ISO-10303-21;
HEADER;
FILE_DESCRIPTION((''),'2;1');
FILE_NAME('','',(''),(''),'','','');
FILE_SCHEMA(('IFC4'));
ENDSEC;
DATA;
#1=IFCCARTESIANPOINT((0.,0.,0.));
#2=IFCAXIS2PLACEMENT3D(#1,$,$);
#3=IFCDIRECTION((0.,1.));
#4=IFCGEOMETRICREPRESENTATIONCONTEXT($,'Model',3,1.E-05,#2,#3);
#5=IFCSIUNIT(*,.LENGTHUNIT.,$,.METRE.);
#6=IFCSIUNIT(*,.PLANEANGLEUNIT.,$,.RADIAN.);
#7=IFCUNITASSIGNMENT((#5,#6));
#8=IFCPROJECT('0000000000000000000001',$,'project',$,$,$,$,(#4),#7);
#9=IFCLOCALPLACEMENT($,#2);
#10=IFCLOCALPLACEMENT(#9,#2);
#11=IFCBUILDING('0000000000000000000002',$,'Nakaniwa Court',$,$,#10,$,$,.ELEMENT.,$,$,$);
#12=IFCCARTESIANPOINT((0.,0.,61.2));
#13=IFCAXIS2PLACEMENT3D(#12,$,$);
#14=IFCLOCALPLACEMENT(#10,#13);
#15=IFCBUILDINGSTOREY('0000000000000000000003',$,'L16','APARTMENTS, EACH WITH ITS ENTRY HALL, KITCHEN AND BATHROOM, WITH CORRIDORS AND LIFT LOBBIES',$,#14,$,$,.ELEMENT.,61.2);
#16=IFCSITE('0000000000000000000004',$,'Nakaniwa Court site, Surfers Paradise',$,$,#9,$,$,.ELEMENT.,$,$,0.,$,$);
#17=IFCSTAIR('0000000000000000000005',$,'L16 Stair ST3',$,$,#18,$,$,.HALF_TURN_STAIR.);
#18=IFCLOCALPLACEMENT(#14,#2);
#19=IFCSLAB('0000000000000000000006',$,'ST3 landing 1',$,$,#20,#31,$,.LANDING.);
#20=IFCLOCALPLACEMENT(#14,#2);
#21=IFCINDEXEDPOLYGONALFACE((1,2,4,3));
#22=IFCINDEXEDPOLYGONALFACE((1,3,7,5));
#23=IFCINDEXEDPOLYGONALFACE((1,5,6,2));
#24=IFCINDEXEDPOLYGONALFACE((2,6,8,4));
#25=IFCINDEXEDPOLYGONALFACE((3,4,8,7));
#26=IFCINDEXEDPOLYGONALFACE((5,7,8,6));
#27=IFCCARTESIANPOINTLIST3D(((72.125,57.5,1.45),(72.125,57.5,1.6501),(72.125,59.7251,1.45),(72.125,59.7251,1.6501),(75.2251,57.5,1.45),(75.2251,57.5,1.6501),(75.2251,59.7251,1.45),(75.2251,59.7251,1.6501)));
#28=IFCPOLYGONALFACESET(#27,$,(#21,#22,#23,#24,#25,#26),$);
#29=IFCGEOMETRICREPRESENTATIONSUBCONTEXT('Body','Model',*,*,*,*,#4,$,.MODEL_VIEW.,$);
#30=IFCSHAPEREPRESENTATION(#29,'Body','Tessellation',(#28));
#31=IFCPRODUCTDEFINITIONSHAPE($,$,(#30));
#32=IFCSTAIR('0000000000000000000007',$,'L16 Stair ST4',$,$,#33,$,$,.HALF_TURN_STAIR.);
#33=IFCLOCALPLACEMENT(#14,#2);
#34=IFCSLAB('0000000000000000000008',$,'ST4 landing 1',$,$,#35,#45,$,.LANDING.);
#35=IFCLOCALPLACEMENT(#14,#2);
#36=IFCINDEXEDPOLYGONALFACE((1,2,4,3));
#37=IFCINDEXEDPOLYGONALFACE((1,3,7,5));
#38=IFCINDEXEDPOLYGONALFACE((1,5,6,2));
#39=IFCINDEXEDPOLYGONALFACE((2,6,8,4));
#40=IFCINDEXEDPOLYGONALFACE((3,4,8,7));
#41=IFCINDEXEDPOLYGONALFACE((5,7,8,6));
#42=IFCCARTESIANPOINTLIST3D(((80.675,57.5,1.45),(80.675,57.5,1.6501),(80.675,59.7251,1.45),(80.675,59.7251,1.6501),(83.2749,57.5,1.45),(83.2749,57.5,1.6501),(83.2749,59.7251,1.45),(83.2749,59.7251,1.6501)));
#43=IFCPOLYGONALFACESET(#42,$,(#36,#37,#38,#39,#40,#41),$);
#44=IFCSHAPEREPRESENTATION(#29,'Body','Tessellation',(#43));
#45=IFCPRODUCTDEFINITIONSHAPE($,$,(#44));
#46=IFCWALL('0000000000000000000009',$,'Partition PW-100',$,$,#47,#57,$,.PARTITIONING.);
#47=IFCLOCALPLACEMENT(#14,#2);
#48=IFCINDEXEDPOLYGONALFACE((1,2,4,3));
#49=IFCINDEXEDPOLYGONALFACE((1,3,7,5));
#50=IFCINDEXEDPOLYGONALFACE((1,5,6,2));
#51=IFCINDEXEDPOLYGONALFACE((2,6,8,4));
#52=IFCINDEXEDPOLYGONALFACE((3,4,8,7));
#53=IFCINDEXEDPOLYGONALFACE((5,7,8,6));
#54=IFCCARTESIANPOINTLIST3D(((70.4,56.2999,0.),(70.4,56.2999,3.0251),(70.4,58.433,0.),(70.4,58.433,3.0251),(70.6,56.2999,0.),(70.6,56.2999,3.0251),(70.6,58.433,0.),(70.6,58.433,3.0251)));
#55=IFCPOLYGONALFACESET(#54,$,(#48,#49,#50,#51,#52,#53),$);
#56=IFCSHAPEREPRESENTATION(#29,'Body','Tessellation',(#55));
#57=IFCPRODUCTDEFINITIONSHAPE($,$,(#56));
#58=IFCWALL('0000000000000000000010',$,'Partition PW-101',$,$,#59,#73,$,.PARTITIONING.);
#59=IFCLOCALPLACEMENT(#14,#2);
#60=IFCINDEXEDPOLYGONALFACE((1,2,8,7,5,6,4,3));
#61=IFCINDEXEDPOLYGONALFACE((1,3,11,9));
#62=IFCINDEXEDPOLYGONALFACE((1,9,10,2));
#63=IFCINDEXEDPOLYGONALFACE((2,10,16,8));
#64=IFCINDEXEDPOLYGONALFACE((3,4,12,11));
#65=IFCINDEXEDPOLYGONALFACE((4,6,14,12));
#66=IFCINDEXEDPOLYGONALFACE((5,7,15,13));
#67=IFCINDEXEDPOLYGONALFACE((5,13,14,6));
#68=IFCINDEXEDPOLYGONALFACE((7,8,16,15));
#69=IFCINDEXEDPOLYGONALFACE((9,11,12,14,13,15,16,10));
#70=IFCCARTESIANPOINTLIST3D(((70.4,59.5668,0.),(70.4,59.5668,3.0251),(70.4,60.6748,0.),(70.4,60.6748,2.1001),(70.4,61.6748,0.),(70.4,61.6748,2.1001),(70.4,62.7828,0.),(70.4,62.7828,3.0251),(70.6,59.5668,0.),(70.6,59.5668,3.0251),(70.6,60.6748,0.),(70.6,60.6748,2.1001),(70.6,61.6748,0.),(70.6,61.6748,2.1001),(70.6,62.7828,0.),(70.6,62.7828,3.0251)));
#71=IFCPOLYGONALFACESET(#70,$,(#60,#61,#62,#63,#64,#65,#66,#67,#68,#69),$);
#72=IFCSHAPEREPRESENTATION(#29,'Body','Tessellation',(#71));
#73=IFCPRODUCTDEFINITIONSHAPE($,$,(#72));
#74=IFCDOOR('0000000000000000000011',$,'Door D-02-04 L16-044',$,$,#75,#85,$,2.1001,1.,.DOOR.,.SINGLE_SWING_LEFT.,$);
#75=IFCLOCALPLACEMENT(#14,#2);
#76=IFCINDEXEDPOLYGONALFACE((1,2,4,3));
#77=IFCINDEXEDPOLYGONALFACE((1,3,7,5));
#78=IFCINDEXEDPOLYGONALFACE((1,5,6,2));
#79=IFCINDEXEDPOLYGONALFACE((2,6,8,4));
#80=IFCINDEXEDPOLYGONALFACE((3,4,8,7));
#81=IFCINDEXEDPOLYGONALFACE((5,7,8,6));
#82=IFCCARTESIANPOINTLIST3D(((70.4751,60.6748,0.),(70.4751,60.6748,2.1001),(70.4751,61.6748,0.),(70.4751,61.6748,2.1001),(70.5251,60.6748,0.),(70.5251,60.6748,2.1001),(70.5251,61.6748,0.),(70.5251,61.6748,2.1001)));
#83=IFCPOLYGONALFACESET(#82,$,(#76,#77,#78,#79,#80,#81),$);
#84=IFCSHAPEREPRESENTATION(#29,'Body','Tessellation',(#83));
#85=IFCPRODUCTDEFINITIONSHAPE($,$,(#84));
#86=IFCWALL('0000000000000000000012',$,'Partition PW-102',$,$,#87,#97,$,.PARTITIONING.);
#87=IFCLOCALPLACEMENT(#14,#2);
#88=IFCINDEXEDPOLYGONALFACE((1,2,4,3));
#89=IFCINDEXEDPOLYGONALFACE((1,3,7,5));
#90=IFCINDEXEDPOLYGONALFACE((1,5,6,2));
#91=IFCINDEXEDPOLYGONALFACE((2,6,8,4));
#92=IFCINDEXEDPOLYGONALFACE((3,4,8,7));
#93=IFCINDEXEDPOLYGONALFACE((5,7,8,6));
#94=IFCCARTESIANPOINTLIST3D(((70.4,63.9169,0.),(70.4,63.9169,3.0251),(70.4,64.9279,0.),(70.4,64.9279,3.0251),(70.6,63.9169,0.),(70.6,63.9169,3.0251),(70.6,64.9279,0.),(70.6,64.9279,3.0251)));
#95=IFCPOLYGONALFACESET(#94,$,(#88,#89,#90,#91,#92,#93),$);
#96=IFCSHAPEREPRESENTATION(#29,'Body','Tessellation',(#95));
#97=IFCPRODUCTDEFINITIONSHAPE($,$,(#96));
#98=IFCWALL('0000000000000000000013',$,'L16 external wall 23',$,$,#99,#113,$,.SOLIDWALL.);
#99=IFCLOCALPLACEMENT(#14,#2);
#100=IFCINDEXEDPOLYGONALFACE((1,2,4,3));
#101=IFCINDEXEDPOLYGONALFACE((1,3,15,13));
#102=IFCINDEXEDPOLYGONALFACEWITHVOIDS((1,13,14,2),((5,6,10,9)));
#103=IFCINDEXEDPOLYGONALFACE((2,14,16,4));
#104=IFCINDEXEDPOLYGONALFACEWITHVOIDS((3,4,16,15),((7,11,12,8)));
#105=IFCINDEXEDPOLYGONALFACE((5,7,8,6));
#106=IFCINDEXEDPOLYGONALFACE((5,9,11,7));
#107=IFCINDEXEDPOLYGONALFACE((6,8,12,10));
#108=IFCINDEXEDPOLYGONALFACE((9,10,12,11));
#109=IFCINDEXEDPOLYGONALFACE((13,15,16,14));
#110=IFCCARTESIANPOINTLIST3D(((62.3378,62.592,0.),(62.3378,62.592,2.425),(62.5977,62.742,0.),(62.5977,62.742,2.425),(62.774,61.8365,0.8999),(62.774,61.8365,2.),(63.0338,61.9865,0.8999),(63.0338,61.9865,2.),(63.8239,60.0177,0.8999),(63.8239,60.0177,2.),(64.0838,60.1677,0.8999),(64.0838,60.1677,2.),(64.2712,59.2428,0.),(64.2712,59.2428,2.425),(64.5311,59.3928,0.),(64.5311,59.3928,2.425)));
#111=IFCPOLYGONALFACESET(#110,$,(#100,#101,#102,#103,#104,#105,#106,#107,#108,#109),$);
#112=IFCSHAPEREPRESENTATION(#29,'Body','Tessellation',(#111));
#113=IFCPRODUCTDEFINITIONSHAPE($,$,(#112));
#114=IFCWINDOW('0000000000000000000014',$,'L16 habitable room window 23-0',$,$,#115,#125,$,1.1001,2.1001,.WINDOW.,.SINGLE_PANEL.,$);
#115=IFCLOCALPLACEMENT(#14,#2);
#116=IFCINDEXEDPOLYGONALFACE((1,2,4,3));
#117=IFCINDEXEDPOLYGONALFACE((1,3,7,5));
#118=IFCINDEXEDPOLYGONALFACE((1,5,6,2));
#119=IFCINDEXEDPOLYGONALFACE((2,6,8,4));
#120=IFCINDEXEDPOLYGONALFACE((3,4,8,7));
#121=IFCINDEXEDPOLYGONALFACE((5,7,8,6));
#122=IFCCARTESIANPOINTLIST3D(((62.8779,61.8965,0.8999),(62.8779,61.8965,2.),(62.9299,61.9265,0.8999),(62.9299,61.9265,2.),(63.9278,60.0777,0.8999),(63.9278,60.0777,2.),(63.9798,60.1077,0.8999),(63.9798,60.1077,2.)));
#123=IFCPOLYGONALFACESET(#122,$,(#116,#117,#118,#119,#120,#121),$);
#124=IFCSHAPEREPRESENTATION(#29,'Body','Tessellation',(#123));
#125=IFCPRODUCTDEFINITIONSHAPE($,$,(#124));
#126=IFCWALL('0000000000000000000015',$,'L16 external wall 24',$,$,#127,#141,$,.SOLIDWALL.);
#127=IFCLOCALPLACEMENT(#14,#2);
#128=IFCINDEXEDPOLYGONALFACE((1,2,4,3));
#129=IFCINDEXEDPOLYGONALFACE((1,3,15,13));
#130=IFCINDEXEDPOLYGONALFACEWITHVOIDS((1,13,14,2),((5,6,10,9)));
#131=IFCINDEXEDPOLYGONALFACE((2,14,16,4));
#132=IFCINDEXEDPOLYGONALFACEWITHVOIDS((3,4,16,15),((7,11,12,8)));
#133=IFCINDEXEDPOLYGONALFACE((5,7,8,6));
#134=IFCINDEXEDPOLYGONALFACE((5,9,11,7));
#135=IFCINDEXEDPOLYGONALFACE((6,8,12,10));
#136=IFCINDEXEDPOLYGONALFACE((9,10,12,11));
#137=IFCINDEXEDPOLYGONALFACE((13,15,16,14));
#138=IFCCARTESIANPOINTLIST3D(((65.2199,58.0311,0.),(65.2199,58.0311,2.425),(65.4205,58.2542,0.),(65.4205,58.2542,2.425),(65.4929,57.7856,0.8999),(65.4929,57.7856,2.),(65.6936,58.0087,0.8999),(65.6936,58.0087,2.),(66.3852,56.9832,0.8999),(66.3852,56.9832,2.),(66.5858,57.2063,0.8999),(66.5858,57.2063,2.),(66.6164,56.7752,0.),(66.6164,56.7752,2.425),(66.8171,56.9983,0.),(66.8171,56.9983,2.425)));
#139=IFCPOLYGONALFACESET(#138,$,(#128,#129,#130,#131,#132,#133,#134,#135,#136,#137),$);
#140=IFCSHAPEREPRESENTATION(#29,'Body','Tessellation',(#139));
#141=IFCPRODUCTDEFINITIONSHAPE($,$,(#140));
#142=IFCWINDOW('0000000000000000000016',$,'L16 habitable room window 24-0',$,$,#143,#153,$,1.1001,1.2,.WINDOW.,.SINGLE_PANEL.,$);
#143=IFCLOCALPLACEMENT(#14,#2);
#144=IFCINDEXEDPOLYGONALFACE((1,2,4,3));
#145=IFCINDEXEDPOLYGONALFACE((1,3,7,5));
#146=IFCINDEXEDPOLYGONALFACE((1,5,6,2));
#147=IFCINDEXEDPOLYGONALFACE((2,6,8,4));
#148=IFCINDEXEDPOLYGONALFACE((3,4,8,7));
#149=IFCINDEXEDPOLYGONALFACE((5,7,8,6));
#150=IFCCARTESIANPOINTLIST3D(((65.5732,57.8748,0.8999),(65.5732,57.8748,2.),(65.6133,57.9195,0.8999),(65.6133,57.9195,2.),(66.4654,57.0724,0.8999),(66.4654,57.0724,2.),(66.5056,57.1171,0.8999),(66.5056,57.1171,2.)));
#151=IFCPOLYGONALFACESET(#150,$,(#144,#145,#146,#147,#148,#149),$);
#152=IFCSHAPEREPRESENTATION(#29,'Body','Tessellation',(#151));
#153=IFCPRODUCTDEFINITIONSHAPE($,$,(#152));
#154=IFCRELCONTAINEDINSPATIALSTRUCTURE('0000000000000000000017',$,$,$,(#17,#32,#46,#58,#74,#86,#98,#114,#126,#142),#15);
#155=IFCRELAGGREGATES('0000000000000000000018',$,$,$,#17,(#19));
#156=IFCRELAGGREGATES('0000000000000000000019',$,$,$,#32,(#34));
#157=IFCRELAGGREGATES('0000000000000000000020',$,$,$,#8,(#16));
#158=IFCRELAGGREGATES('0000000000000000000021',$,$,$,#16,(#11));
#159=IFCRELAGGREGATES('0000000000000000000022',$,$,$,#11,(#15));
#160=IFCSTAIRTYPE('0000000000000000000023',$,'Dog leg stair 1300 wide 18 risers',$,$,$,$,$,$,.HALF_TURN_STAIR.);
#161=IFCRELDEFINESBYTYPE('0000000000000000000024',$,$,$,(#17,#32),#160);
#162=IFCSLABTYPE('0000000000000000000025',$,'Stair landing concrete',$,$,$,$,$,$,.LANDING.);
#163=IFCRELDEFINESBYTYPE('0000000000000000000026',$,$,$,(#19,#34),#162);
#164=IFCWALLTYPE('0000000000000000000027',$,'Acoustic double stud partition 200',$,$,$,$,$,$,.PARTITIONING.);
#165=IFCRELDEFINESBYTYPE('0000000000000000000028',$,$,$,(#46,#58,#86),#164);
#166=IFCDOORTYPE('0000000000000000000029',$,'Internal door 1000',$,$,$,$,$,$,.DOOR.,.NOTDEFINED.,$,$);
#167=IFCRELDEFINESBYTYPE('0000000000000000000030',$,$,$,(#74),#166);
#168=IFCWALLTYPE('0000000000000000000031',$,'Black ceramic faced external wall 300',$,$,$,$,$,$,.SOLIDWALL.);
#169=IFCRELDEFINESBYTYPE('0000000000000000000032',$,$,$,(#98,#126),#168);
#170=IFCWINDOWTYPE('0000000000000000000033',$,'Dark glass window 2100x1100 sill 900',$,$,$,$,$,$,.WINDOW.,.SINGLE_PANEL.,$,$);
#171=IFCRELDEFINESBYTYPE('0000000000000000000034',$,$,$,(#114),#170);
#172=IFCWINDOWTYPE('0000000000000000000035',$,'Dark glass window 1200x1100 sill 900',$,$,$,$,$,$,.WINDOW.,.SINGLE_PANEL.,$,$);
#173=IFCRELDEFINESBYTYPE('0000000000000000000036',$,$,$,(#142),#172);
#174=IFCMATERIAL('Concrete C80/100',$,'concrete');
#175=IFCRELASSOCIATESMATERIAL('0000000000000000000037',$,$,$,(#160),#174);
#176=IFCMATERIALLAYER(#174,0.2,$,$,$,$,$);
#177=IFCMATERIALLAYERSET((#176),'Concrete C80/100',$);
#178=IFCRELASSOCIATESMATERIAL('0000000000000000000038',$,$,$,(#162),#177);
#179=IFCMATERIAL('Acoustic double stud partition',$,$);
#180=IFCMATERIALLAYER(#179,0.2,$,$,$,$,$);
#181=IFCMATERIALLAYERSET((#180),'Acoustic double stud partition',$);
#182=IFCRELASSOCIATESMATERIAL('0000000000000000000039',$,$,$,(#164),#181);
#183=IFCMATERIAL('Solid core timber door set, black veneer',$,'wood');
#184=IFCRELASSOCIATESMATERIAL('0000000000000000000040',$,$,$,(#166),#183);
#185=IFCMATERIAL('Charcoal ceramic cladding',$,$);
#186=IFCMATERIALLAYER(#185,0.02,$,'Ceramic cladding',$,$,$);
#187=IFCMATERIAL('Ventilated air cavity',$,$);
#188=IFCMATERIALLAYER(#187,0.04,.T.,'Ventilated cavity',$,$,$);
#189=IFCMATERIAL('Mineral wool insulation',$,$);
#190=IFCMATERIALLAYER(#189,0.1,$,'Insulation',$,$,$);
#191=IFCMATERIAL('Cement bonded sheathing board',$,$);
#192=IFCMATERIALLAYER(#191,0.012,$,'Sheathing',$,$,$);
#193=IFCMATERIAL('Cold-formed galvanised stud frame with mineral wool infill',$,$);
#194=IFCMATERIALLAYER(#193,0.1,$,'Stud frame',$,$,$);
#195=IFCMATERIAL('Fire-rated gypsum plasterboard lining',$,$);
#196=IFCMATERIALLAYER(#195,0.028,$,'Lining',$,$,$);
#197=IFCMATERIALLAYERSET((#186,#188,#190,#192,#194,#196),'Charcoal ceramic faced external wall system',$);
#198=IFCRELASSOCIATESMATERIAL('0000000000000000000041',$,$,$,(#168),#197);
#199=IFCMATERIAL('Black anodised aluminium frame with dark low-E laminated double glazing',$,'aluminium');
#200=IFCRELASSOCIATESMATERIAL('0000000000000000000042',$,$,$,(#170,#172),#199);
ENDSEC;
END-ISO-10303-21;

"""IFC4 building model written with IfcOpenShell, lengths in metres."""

from ifc_helpers import new_model, si_unit, direction, frame, frame_2d, origin, place, context, subcontext, project, spatial, polyline, rectangle, outline, extrude, material, layer, layer_set, type_object, element, fill, aggregate, save


model = new_model("IFC4")

# Units and contexts
model_context = context("Model", 3, precision=1e-05, world=origin(), true_north=direction((0.0, 1.0)))
body_context = subcontext(model_context, "Body", "Model", "MODEL_VIEW")
ifc_project = project(units=[si_unit("LENGTHUNIT", "METRE"), si_unit("PLANEANGLEUNIT", "RADIAN")], contexts=[model_context])

# Site, building, storey
site_placement = place(None, origin())
site = spatial("IfcSite", under=ifc_project, at=site_placement, Name="Nakaniwa Court site, Surfers Paradise", CompositionType="ELEMENT", RefElevation=0.0)
building_placement = place(site_placement, origin())
building = spatial("IfcBuilding", under=site, at=building_placement, Name="Nakaniwa Court", CompositionType="ELEMENT")
storey_placement = place(building_placement, frame((0.0, 0.0, 61.2)))
storey = spatial("IfcBuildingStorey", under=building, at=storey_placement, Name="L16", Description="APARTMENTS, EACH WITH ITS ENTRY HALL, KITCHEN AND BATHROOM, WITH CORRIDORS AND LIFT LOBBIES", CompositionType="ELEMENT", Elevation=61.2)

# Stairs, slabs
ifc_material_1 = material(Name="Concrete C80/100", Category="concrete")
stair_type = type_object("IfcStairType", Name="Dog leg stair 1300 wide 18 risers", PredefinedType="HALF_TURN_STAIR", material=ifc_material_1)
ifc_layer_1 = layer(ifc_material_1, 0.2)
ifc_layer_set_1 = layer_set([ifc_layer_1], Name="Concrete C80/100")
slab_type_1 = type_object("IfcSlabType", Name="Stair landing concrete", PredefinedType="LANDING", material=ifc_layer_set_1)
stair_1_placement = place(storey_placement, origin())
stair_1 = element("IfcStair", 1, at=stair_1_placement, inside=storey, type_object=stair_type, Name="L16 Stair ST3", PredefinedType="HALF_TURN_STAIR")
slab_1_placement = place(storey_placement, frame((0.0, 0.0, 1.45)))
slab_1 = element("IfcSlab", 2, at=slab_1_placement, type_object=slab_type_1, Name="ST3 landing 1", PredefinedType="LANDING", context=body_context, shape_type="SweptSolid", body=[
    extrude(outline(polyline([(75.2251, 57.5), (75.2251, 59.7251), (72.125, 59.7251), (72.125, 57.5), (75.2251, 57.5)])), origin(), (0.0, 0.0, 1.0), 0.2002),
])
aggregate(stair_1, [slab_1])
stair_2_placement = place(storey_placement, origin())
stair_2 = element("IfcStair", 3, at=stair_2_placement, inside=storey, type_object=stair_type, Name="L16 Stair ST4", PredefinedType="HALF_TURN_STAIR")
slab_2_placement = place(storey_placement, frame((0.0, 0.0, 1.45)))
slab_2 = element("IfcSlab", 4, at=slab_2_placement, type_object=slab_type_1, Name="ST4 landing 1", PredefinedType="LANDING", context=body_context, shape_type="SweptSolid", body=[
    extrude(outline(polyline([(83.2749, 57.5), (83.2749, 59.7251), (80.675, 59.7251), (80.675, 57.5), (83.2749, 57.5)])), origin(), (0.0, 0.0, 1.0), 0.2002),
])
aggregate(stair_2, [slab_2])

# Wall
ifc_material_2 = material(Name="Acoustic double stud partition")
ifc_layer_2 = layer(ifc_material_2, 0.2)
ifc_layer_set_2 = layer_set([ifc_layer_2], Name="Acoustic double stud partition")
wall_type_1 = type_object("IfcWallType", Name="Acoustic double stud partition 200", PredefinedType="PARTITIONING", material=ifc_layer_set_2)
wall_1_placement = place(storey_placement, frame((70.5, 56.3, 0.0), z_axis=(0.0, 0.0, 1.0), x_axis=(0.0, 1.0, 0.0)))
element("IfcWall", 5, at=wall_1_placement, inside=storey, type_object=wall_type_1, Name="Partition PW-100", PredefinedType="PARTITIONING", context=body_context, shape_type="SweptSolid", body=[
    extrude(rectangle(XDim=2.1331, YDim=0.2, at=frame_2d((1.0664, 0.0))), origin(), (0.0, 0.0, 1.0), 3.0251),
])

# Wall, opening, door
wall_2_placement = place(storey_placement, frame((70.5, 59.5669, 0.0), z_axis=(0.0, 0.0, 1.0), x_axis=(0.0, 1.0, 0.0)))
wall_2 = element("IfcWall", 6, at=wall_2_placement, inside=storey, type_object=wall_type_1, Name="Partition PW-101", PredefinedType="PARTITIONING", context=body_context, shape_type="SweptSolid", body=[
    extrude(rectangle(XDim=3.2161, YDim=0.2, at=frame_2d((1.6079, 0.0))), origin(), (0.0, 0.0, 1.0), 3.0251),
])
opening_1_placement = place(wall_2_placement, frame((1.1079, 0.0, 0.0)))
opening_1 = element("IfcOpeningElement", 7, at=opening_1_placement, cuts=wall_2, PredefinedType="OPENING", context=body_context, shape_type="SweptSolid", body=[
    extrude(rectangle(XDim=1.0, YDim=2.1001, at=frame_2d((0.5, 1.05))), frame((0.0, 0.1099, 0.0), z_axis=(0.0, -1.0, 0.0), x_axis=(1.0, 0.0, 0.0)), (0.0, 0.0, 1.0), 0.22),
])
ifc_material_3 = material(Name="Solid core timber door set, black veneer", Category="wood")
door_type = type_object("IfcDoorType", Name="Internal door 1000", OperationType="NOTDEFINED", PredefinedType="DOOR", material=ifc_material_3)
door_placement = place(opening_1_placement, origin())
door = element("IfcDoor", 8, at=door_placement, inside=storey, type_object=door_type, Name="Door D-02-04 L16-044", OperationType="SINGLE_SWING_LEFT", OverallHeight=2.1001, OverallWidth=1.0, PredefinedType="DOOR", context=body_context, shape_type="SweptSolid", body=[
    extrude(rectangle(XDim=1.0, YDim=2.1001, at=frame_2d((0.5, 1.05))), frame((0.0, 0.0249, 0.0), z_axis=(0.0, -1.0, 0.0), x_axis=(1.0, 0.0, 0.0)), (0.0, 0.0, 1.0), 0.05),
])
fill(opening_1, door)

# Wall
wall_3_placement = place(storey_placement, frame((70.5, 63.917, 0.0), z_axis=(0.0, 0.0, 1.0), x_axis=(0.0, 1.0, 0.0)))
element("IfcWall", 9, at=wall_3_placement, inside=storey, type_object=wall_type_1, Name="Partition PW-102", PredefinedType="PARTITIONING", context=body_context, shape_type="SweptSolid", body=[
    extrude(rectangle(XDim=1.011, YDim=0.2, at=frame_2d((0.5054, 0.0))), origin(), (0.0, 0.0, 1.0), 3.0251),
])

# Walls, openings, windows
ifc_material_4 = material(Name="Charcoal ceramic cladding")
ifc_layer_3 = layer(ifc_material_4, 0.02, Name="Ceramic cladding")
ifc_material_5 = material(Name="Ventilated air cavity")
ifc_layer_4 = layer(ifc_material_5, 0.04, ventilated=True, Name="Ventilated cavity")
ifc_material_6 = material(Name="Mineral wool insulation")
ifc_layer_5 = layer(ifc_material_6, 0.1, Name="Insulation")
ifc_material_7 = material(Name="Cement bonded sheathing board")
ifc_layer_6 = layer(ifc_material_7, 0.012, Name="Sheathing")
ifc_material_8 = material(Name="Cold-formed galvanised stud frame with mineral wool infill")
ifc_layer_7 = layer(ifc_material_8, 0.1, Name="Stud frame")
ifc_material_9 = material(Name="Fire-rated gypsum plasterboard lining")
ifc_layer_8 = layer(ifc_material_9, 0.028, Name="Lining")
ifc_layer_set_3 = layer_set([ifc_layer_3, ifc_layer_4, ifc_layer_5, ifc_layer_6, ifc_layer_7, ifc_layer_8], Name="Charcoal ceramic faced external wall system")
wall_type_2 = type_object("IfcWallType", Name="Black ceramic faced external wall 300", PredefinedType="SOLIDWALL", material=ifc_layer_set_3)
wall_4_placement = place(storey_placement, frame((62.4678, 62.667, 0.0), z_axis=(0.0, 0.0, 1.0), x_axis=(0.499948, -0.866055, 0.0)))
wall_4 = element("IfcWall", 10, at=wall_4_placement, inside=storey, type_object=wall_type_2, Name="L16 external wall 23", PredefinedType="SOLIDWALL", context=body_context, shape_type="SweptSolid", body=[
    extrude(rectangle(XDim=3.8672, YDim=0.3, at=frame_2d((1.9336, 0.0))), origin(), (0.0, 0.0, 1.0), 2.425),
])
opening_2_placement = place(wall_4_placement, frame((0.8723, 0.0, 0.8999)))
opening_2 = element("IfcOpeningElement", 11, at=opening_2_placement, cuts=wall_4, PredefinedType="OPENING", context=body_context, shape_type="SweptSolid", body=[
    extrude(rectangle(XDim=2.1001, YDim=1.1001, at=frame_2d((1.05, 0.55))), frame((0.0, 0.1599, 0.0), z_axis=(0.0, -1.0, 0.0), x_axis=(1.0, 0.0, 0.0)), (0.0, 0.0, 1.0), 0.3201),
])
ifc_material_10 = material(Name="Black anodised aluminium frame with dark low-E laminated double glazing", Category="aluminium")
window_type_1 = type_object("IfcWindowType", Name="Dark glass window 2100x1100 sill 900", PartitioningType="SINGLE_PANEL", PredefinedType="WINDOW", material=ifc_material_10)
window_1_placement = place(opening_2_placement, origin())
window_1 = element("IfcWindow", 12, at=window_1_placement, inside=storey, type_object=window_type_1, Name="L16 habitable room window 23-0", OverallHeight=1.1001, OverallWidth=2.1001, PartitioningType="SINGLE_PANEL", PredefinedType="WINDOW", context=body_context, shape_type="SweptSolid", body=[
    extrude(rectangle(XDim=2.1001, YDim=1.1001, at=frame_2d((1.05, 0.55))), frame((0.0, 0.03, 0.0), z_axis=(0.0, -1.0, 0.0), x_axis=(1.0, 0.0, 0.0)), (0.0, 0.0, 1.0), 0.0601),
])
fill(opening_2, window_1)
wall_5_placement = place(storey_placement, frame((65.3203, 58.1426, 0.0), z_axis=(0.0, 0.0, 1.0), x_axis=(0.743553, -0.668677, 0.0)))
wall_5 = element("IfcWall", 13, at=wall_5_placement, inside=storey, type_object=wall_type_2, Name="L16 external wall 24", PredefinedType="SOLIDWALL", context=body_context, shape_type="SweptSolid", body=[
    extrude(rectangle(XDim=1.8782, YDim=0.3, at=frame_2d((0.939, 0.0))), origin(), (0.0, 0.0, 1.0), 2.425),
])
opening_3_placement = place(wall_5_placement, frame((0.3669, 0.0, 0.8999)))
opening_3 = element("IfcOpeningElement", 14, at=opening_3_placement, cuts=wall_5, PredefinedType="OPENING", context=body_context, shape_type="SweptSolid", body=[
    extrude(rectangle(XDim=1.2, YDim=1.1001, at=frame_2d((0.6001, 0.55))), frame((0.0, 0.1599, 0.0), z_axis=(0.0, -1.0, 0.0), x_axis=(1.0, 0.0, 0.0)), (0.0, 0.0, 1.0), 0.3201),
])
window_type_2 = type_object("IfcWindowType", Name="Dark glass window 1200x1100 sill 900", PartitioningType="SINGLE_PANEL", PredefinedType="WINDOW", material=ifc_material_10)
window_2_placement = place(opening_3_placement, origin())
window_2 = element("IfcWindow", 15, at=window_2_placement, inside=storey, type_object=window_type_2, Name="L16 habitable room window 24-0", OverallHeight=1.1001, OverallWidth=1.2, PartitioningType="SINGLE_PANEL", PredefinedType="WINDOW", context=body_context, shape_type="SweptSolid", body=[
    extrude(rectangle(XDim=1.2, YDim=1.1001, at=frame_2d((0.6001, 0.55))), frame((0.0, 0.03, 0.0), z_axis=(0.0, -1.0, 0.0), x_axis=(1.0, 0.0, 0.0)), (0.0, 0.0, 1.0), 0.0601),
])
fill(opening_3, window_2)

save(model, "model.ifc")
